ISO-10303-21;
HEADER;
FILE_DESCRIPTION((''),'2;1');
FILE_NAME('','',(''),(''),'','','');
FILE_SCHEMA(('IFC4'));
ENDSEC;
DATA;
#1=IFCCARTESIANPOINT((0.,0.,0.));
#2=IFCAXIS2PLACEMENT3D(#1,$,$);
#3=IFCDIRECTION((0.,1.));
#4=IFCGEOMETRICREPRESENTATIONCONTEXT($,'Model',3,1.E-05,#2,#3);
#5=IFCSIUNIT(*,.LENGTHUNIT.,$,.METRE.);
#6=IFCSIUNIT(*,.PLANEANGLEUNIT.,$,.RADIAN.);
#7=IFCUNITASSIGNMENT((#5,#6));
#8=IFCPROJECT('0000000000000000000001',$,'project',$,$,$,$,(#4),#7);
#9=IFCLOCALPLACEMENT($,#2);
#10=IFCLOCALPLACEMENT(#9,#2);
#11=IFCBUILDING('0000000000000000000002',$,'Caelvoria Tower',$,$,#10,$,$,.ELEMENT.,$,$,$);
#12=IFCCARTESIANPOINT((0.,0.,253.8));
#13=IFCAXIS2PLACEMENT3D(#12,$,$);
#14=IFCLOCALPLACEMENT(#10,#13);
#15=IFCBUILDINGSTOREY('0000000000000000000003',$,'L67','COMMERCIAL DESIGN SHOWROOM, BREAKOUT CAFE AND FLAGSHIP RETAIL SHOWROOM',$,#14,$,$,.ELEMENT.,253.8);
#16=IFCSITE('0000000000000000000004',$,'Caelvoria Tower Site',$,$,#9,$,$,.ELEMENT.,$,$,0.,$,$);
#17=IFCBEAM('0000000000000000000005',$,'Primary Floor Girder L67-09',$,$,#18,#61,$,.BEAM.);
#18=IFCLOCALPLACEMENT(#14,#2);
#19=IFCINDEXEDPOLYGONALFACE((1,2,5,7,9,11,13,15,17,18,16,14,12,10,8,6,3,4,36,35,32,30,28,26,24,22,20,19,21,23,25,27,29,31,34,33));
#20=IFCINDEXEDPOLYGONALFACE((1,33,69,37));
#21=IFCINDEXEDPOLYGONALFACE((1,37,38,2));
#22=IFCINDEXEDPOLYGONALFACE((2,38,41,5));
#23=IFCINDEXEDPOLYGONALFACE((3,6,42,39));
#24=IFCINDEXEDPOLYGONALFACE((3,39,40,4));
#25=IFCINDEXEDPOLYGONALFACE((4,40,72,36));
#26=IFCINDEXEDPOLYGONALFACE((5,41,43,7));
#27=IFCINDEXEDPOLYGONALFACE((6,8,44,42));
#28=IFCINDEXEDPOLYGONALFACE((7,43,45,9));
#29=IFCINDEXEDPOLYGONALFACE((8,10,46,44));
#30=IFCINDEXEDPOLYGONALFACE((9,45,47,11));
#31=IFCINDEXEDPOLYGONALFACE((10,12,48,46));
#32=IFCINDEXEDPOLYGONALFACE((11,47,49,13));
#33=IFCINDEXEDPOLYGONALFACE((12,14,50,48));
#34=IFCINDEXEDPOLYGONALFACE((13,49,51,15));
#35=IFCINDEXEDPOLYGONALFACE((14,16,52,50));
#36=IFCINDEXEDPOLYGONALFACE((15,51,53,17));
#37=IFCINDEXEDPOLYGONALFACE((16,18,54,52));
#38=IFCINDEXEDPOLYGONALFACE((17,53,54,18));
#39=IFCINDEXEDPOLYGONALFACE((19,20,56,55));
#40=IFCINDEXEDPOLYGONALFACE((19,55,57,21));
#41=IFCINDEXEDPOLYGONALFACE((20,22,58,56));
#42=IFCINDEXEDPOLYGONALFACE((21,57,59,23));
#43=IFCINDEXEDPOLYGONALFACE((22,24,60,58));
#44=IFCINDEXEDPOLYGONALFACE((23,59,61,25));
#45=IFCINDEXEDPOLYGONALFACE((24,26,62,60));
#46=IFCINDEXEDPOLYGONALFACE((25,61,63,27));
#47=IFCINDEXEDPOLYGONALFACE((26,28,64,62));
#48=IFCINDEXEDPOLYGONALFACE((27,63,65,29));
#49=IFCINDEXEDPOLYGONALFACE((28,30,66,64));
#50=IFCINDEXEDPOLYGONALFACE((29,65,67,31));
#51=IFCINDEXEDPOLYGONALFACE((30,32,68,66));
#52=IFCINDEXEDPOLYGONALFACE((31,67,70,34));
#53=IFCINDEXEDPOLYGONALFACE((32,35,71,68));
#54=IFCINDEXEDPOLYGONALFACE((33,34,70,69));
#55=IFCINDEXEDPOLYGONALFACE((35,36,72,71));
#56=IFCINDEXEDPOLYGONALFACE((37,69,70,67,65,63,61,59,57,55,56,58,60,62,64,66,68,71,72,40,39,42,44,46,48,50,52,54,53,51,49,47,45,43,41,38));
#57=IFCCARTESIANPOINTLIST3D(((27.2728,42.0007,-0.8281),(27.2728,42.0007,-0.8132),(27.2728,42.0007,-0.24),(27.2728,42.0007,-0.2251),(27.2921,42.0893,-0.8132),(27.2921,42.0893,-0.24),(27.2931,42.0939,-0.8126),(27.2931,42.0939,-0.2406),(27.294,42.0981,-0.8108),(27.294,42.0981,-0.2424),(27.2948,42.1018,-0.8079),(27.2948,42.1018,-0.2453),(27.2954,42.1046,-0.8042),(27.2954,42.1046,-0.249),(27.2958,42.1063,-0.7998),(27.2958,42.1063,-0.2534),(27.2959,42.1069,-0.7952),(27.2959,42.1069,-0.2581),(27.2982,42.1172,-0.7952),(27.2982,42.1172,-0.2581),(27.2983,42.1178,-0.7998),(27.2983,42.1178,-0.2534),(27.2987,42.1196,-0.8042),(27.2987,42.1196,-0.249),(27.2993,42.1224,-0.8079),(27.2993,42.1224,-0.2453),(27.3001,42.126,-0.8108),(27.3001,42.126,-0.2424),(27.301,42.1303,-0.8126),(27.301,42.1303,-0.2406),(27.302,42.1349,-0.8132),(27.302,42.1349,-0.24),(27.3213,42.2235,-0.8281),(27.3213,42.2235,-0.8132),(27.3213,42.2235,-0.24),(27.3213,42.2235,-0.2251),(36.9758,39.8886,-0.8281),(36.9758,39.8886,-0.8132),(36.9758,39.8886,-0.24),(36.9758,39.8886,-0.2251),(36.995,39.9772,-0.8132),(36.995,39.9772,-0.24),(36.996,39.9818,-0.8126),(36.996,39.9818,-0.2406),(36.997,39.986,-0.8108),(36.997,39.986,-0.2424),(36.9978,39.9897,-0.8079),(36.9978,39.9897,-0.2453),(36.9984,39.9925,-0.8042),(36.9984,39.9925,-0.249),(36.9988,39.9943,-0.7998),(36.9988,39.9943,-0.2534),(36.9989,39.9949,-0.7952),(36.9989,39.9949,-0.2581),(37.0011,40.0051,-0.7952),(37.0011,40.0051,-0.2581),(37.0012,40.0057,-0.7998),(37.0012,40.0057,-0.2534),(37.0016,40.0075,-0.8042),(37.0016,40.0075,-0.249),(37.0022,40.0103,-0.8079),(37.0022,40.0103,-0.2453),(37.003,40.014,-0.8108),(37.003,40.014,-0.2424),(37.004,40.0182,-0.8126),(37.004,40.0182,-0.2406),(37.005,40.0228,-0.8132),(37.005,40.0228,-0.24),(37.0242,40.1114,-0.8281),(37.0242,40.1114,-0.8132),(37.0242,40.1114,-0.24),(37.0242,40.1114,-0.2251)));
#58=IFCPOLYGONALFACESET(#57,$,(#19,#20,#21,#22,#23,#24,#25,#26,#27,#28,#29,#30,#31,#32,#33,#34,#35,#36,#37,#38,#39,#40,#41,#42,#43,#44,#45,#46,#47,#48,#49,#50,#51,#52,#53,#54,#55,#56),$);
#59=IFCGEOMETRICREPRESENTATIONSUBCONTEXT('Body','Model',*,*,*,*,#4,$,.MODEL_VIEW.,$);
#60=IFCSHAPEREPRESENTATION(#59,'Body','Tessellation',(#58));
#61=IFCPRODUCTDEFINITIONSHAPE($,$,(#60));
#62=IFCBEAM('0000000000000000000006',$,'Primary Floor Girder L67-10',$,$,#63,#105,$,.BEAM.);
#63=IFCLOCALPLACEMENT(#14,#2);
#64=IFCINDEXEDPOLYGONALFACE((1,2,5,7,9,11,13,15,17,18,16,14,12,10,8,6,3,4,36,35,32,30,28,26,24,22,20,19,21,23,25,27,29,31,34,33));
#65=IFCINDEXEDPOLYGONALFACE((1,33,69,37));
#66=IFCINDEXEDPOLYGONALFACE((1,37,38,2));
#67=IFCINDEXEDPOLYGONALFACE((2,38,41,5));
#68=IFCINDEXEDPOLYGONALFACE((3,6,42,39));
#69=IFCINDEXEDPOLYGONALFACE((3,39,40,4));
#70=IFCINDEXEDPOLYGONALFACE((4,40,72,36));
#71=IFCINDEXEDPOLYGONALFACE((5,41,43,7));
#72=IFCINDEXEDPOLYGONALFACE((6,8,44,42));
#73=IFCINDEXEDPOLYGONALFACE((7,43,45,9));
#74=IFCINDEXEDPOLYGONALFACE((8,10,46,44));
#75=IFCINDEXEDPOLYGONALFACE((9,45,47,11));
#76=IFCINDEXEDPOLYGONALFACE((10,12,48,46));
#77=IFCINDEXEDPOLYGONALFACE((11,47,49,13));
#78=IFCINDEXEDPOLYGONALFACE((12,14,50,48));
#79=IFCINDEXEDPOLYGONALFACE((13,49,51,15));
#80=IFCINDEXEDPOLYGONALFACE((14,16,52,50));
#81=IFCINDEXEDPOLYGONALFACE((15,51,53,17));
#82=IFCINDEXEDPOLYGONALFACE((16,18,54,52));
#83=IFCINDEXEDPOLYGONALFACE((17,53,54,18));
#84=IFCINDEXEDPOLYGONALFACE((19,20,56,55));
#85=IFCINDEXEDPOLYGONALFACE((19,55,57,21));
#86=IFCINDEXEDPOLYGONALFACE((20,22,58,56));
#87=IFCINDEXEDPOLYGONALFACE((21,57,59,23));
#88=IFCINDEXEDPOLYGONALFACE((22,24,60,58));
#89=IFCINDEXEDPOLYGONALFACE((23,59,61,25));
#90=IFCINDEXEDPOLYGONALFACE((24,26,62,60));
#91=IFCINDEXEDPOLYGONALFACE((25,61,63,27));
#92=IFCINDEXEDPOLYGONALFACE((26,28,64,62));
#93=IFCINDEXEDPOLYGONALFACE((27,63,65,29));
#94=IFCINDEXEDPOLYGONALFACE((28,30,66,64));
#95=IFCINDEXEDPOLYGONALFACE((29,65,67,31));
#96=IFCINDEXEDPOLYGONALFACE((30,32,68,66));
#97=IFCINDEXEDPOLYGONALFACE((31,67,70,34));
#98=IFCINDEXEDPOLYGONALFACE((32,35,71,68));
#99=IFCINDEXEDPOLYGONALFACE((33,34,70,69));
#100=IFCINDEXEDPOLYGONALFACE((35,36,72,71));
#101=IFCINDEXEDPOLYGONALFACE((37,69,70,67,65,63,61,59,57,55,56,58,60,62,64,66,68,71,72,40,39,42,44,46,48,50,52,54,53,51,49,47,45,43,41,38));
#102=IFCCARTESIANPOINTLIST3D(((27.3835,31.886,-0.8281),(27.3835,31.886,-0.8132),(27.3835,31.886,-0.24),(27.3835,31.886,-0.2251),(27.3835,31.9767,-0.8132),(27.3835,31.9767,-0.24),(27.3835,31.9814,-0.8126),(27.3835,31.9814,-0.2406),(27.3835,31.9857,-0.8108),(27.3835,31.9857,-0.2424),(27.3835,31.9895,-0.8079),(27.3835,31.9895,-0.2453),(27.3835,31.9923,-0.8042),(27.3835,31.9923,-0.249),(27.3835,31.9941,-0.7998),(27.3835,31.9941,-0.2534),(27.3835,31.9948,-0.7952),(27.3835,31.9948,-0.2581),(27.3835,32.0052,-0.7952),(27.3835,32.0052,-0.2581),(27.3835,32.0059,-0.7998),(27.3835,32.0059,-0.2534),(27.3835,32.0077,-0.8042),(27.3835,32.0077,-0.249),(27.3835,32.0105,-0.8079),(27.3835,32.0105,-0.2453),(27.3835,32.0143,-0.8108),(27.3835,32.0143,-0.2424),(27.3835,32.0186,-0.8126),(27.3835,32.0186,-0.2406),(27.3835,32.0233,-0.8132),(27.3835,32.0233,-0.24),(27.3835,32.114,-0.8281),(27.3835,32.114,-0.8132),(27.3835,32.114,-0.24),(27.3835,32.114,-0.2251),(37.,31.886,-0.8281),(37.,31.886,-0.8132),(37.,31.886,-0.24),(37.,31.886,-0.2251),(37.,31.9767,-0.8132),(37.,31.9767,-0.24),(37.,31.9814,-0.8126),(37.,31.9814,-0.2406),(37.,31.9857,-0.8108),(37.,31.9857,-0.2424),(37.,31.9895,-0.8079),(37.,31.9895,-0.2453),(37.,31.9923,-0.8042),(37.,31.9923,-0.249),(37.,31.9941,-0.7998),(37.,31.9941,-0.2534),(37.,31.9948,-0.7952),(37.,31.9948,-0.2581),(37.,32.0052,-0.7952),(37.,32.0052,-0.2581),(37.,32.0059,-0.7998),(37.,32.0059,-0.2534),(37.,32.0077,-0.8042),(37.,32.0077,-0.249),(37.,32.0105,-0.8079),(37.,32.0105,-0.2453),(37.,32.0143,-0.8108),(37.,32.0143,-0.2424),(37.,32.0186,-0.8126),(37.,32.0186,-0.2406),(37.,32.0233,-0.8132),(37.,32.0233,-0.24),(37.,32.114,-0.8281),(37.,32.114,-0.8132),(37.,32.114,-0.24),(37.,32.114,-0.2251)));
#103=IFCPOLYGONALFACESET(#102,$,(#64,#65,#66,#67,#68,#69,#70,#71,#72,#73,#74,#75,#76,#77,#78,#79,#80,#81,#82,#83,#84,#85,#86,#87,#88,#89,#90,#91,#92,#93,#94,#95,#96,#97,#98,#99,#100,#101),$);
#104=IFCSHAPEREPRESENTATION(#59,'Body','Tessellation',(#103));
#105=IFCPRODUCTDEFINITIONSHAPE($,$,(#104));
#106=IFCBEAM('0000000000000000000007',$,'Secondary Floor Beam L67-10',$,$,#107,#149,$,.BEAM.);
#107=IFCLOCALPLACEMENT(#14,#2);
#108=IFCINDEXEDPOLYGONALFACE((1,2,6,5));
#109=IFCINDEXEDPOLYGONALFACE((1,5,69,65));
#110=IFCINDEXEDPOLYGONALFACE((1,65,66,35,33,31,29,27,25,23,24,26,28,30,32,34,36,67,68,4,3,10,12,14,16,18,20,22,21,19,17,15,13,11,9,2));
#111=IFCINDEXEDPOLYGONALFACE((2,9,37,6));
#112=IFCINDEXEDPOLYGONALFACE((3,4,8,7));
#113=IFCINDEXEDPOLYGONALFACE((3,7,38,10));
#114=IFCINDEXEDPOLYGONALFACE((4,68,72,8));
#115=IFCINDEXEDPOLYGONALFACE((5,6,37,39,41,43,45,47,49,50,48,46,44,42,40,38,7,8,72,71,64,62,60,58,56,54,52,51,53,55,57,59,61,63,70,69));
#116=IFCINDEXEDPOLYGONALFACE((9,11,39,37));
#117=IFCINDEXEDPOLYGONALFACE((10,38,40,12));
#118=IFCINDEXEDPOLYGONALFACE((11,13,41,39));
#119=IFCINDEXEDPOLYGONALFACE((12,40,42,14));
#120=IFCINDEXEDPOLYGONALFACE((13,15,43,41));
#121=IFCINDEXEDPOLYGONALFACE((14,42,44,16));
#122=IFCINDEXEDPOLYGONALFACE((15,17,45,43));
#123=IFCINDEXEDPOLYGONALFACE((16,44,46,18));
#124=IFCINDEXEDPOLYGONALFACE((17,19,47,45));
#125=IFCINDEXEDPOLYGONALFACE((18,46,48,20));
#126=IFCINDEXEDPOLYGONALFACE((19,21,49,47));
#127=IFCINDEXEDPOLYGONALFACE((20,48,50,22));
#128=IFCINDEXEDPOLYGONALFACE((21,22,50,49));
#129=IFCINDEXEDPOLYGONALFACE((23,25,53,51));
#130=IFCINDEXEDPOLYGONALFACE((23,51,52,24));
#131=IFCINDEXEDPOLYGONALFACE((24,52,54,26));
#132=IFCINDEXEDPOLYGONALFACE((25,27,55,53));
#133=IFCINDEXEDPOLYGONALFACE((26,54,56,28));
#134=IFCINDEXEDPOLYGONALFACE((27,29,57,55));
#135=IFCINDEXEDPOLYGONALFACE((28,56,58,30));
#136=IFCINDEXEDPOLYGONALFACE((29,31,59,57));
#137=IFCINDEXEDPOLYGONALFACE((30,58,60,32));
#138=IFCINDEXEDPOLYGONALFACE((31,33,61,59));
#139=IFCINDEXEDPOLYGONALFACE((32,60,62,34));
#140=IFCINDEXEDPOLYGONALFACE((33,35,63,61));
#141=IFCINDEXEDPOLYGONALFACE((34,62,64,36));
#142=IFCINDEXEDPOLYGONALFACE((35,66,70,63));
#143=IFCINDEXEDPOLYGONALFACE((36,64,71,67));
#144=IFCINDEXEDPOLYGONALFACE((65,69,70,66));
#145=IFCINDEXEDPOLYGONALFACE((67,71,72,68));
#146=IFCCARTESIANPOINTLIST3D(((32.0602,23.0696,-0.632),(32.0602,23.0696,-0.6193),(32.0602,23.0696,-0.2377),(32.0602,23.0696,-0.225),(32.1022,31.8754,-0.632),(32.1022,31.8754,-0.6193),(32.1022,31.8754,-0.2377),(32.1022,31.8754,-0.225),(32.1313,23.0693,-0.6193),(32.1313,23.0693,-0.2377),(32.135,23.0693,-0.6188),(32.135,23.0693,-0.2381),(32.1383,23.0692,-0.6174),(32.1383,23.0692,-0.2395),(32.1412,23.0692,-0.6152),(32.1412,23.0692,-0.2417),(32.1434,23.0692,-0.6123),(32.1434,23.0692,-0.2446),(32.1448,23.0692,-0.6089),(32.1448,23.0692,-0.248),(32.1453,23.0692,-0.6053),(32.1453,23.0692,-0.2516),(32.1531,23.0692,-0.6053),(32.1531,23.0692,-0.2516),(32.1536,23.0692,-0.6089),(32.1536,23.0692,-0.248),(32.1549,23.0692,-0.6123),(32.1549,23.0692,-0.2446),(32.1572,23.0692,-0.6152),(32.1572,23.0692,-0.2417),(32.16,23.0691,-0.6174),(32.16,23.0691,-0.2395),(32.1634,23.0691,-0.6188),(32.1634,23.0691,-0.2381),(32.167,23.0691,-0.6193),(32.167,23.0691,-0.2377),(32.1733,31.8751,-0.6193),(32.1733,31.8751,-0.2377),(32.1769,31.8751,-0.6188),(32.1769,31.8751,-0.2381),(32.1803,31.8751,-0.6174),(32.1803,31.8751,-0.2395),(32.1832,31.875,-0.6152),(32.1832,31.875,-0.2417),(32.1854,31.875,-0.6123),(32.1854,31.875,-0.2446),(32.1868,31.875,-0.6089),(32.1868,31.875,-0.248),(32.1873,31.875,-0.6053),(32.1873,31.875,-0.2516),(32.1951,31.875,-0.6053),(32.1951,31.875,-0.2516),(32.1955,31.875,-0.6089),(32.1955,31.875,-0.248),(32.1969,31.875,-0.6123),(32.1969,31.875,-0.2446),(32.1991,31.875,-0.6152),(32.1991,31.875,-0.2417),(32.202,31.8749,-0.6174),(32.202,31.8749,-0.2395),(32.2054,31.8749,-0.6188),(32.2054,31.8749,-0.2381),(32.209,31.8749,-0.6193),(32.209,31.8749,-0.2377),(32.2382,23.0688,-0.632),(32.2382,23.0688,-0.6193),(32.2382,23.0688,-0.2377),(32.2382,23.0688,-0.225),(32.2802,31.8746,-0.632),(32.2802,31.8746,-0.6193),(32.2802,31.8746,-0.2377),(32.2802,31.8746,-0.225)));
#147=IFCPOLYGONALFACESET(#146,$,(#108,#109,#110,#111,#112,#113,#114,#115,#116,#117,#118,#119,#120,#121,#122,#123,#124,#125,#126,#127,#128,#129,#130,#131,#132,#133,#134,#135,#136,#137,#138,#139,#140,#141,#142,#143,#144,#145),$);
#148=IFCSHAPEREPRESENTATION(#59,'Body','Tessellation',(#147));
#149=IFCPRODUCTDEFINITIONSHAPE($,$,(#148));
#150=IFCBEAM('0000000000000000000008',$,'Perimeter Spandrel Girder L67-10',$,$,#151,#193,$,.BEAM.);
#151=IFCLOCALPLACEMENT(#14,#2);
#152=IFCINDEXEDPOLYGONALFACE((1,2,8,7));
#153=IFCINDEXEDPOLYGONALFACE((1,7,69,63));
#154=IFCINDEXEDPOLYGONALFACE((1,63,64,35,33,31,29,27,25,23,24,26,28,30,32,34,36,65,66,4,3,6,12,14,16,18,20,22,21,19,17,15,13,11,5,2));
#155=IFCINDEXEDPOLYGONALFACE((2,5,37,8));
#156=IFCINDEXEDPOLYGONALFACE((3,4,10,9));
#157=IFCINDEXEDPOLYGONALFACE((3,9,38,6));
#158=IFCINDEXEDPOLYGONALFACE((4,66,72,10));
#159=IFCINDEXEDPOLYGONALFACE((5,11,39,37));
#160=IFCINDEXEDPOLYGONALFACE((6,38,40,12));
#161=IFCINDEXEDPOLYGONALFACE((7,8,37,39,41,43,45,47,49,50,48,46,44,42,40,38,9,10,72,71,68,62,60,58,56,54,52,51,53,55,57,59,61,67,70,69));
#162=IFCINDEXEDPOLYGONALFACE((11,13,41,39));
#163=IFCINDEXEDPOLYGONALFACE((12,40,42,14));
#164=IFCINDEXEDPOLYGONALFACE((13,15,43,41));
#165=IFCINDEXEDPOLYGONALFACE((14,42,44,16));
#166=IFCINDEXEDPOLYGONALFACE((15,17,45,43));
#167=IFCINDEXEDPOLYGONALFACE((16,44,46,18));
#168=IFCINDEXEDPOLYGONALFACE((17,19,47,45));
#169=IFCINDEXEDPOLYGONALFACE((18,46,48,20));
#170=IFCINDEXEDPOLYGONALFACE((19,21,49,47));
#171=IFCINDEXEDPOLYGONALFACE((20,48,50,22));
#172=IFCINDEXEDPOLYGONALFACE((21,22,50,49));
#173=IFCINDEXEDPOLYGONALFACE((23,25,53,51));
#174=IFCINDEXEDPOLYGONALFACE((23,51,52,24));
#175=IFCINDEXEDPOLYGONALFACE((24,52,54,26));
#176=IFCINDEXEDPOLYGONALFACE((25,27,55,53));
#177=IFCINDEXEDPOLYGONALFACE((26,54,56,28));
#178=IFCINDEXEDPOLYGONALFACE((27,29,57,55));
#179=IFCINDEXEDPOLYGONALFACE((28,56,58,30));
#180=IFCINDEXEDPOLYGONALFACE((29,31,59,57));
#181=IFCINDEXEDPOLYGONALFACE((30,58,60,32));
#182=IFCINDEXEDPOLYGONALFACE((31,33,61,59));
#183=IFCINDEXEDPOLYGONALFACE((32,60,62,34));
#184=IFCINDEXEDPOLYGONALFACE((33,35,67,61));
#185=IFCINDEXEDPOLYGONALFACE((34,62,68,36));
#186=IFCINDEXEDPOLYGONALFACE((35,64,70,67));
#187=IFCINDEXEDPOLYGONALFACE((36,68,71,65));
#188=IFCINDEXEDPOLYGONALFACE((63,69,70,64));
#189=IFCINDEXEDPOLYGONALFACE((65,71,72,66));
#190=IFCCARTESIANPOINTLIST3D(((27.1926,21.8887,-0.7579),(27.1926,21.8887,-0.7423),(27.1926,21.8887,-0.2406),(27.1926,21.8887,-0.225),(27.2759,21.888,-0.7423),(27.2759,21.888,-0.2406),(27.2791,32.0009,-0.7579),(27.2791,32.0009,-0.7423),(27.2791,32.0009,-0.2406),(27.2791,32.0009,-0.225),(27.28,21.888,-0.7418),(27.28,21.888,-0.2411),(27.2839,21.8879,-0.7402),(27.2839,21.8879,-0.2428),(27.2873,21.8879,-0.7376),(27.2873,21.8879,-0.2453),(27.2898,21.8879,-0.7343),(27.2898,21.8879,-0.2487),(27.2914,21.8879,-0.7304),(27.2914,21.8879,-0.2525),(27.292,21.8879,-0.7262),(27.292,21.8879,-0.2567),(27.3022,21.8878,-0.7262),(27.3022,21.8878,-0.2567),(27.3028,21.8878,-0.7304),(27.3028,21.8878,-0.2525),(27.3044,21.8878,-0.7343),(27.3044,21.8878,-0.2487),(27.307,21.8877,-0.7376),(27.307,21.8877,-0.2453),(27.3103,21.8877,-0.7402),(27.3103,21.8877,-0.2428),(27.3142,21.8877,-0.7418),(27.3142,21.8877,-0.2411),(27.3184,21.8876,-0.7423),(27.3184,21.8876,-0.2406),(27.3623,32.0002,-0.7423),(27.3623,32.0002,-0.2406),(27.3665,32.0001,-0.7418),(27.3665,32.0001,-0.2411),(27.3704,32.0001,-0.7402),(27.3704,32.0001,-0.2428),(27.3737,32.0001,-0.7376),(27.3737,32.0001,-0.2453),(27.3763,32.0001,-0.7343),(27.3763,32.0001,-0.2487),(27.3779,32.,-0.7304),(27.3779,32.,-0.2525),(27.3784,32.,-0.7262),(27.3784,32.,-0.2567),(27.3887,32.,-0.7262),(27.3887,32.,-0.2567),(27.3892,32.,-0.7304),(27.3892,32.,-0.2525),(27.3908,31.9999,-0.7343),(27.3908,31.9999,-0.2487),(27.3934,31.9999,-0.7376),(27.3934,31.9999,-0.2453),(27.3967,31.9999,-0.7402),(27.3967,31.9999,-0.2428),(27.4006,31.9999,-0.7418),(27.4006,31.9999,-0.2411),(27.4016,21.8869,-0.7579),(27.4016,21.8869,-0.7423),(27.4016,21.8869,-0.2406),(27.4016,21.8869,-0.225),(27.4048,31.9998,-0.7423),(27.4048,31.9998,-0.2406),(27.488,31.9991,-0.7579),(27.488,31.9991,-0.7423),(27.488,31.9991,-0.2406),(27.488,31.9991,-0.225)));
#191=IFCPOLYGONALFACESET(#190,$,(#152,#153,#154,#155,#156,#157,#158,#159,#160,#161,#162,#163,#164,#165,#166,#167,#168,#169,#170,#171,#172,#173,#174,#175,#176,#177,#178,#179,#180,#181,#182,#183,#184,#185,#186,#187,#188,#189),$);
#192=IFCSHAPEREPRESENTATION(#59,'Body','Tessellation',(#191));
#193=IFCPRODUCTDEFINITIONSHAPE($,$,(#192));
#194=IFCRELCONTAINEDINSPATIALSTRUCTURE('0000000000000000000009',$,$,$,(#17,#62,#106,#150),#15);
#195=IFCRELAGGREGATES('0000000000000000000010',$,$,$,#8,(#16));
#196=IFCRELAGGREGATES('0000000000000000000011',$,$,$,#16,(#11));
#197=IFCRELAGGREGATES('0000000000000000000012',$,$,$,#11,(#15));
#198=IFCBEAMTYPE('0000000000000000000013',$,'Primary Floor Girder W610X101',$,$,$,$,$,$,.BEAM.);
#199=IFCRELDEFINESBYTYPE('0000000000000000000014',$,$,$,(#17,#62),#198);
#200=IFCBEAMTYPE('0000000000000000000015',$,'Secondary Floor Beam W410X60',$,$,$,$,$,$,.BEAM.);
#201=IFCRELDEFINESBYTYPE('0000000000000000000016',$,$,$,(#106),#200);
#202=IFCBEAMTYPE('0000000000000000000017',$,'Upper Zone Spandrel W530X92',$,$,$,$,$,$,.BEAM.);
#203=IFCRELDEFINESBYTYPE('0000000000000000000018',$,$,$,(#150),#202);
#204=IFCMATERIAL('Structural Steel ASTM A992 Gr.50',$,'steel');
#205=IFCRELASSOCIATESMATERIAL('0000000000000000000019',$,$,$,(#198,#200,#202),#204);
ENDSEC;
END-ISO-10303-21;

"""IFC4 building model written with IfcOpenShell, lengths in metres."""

from ifc_helpers import new_model, si_unit, direction, frame, origin, origin_2d, place, context, subcontext, project, spatial, i_section, extrude, material, material_profile, profile_set, type_object, element, save


model = new_model("IFC4")

# Units and contexts
model_context = context("Model", 3, precision=1e-05, world=origin(), true_north=direction((0.0, 1.0)))
body_context = subcontext(model_context, "Body", "Model", "MODEL_VIEW")
ifc_project = project(units=[si_unit("LENGTHUNIT", "METRE"), si_unit("PLANEANGLEUNIT", "RADIAN")], contexts=[model_context])

# Site, building, storey
site_placement = place(None, origin())
site = spatial("IfcSite", under=ifc_project, at=site_placement, Name="Caelvoria Tower Site", CompositionType="ELEMENT", RefElevation=0.0)
building_placement = place(site_placement, origin())
building = spatial("IfcBuilding", under=site, at=building_placement, Name="Caelvoria Tower", CompositionType="ELEMENT")
storey_placement = place(building_placement, frame((0.0, 0.0, 253.8)))
storey = spatial("IfcBuildingStorey", under=building, at=storey_placement, Name="L67", Description="COMMERCIAL DESIGN SHOWROOM, BREAKOUT CAFE AND FLAGSHIP RETAIL SHOWROOM", CompositionType="ELEMENT", Elevation=253.8)

# Shared definitions
ifc_material_1 = material(Name="Structural Steel ASTM A992 Gr.50", Category="steel")

# Beams
ifc_material_profile_1 = material_profile(ifc_material_1, i_section(OverallWidth=0.228, OverallDepth=0.603, WebThickness=0.0105, FlangeThickness=0.0149, FilletRadius=0.0181, at=origin_2d()), Name="Structural Steel ASTM A992 Gr.50")
ifc_profile_set_1 = profile_set([ifc_material_profile_1], Name="W610X101 - Structural Steel ASTM A992 Gr.50")
beam_type_1 = type_object("IfcBeamType", Name="Primary Floor Girder W610X101", PredefinedType="BEAM", material=ifc_profile_set_1)
beam_1_placement = place(storey_placement, frame((37.0, 40.0, -0.5266), z_axis=(-0.977119, 0.212693, 0.0), x_axis=(-0.212693, -0.977119, 0.0)))
element("IfcBeam", 1, at=beam_1_placement, inside=storey, type_object=beam_type_1, Name="Primary Floor Girder L67-09", PredefinedType="BEAM", context=body_context, shape_type="SweptSolid", body=[
    extrude(i_section(OverallWidth=0.228, OverallDepth=0.603, WebThickness=0.0105, FlangeThickness=0.0149, FilletRadius=0.0181, at=origin_2d()), origin(), (0.0, 0.0, 1.0), 9.9302),
])
beam_2_placement = place(storey_placement, frame((37.0, 32.0, -0.5266), z_axis=(-1.0, 0.0, 0.0), x_axis=(0.0, -1.0, 0.0)))
element("IfcBeam", 2, at=beam_2_placement, inside=storey, type_object=beam_type_1, Name="Primary Floor Girder L67-10", PredefinedType="BEAM", context=body_context, shape_type="SweptSolid", body=[
    extrude(i_section(OverallWidth=0.228, OverallDepth=0.603, WebThickness=0.0105, FlangeThickness=0.0149, FilletRadius=0.0181, at=origin_2d()), origin(), (0.0, 0.0, 1.0), 9.6165),
])
ifc_material_profile_2 = material_profile(ifc_material_1, i_section(OverallWidth=0.178, OverallDepth=0.407, WebThickness=0.0078, FlangeThickness=0.0127, FilletRadius=0.0139, at=origin_2d()), Name="Structural Steel ASTM A992 Gr.50")
ifc_profile_set_2 = profile_set([ifc_material_profile_2], Name="W410X60 - Structural Steel ASTM A992 Gr.50")
beam_type_2 = type_object("IfcBeamType", Name="Secondary Floor Beam W410X60", PredefinedType="BEAM", material=ifc_profile_set_2)
beam_3_placement = place(storey_placement, frame((32.1912, 31.875, -0.4285), z_axis=(-0.004769, -0.999989, 0.0), x_axis=(0.999989, -0.004769, 0.0)))
element("IfcBeam", 3, at=beam_3_placement, inside=storey, type_object=beam_type_2, Name="Secondary Floor Beam L67-10", PredefinedType="BEAM", context=body_context, shape_type="SweptSolid", body=[
    extrude(i_section(OverallWidth=0.178, OverallDepth=0.407, WebThickness=0.0078, FlangeThickness=0.0127, FilletRadius=0.0139, at=origin_2d()), origin(), (0.0, 0.0, 1.0), 8.8059),
])
ifc_material_profile_3 = material_profile(ifc_material_1, i_section(OverallWidth=0.209, OverallDepth=0.533, WebThickness=0.0103, FlangeThickness=0.0156, FilletRadius=0.0161, at=origin_2d()), Name="Structural Steel ASTM A992 Gr.50")
ifc_profile_set_3 = profile_set([ifc_material_profile_3], Name="W530X92 - Structural Steel ASTM A992 Gr.50")
beam_type_3 = type_object("IfcBeamType", Name="Upper Zone Spandrel W530X92", PredefinedType="BEAM", material=ifc_profile_set_3)
beam_4_placement = place(storey_placement, frame((27.3835, 32.0, -0.4915), z_axis=(-0.008546, -0.999963, 0.0), x_axis=(0.999963, -0.008546, 0.0)))
element("IfcBeam", 4, at=beam_4_placement, inside=storey, type_object=beam_type_3, Name="Perimeter Spandrel Girder L67-10", PredefinedType="BEAM", context=body_context, shape_type="SweptSolid", body=[
    extrude(i_section(OverallWidth=0.209, OverallDepth=0.533, WebThickness=0.0103, FlangeThickness=0.0156, FilletRadius=0.0161, at=origin_2d()), origin(), (0.0, 0.0, 1.0), 10.1125),
])

save(model, "model.ifc")
